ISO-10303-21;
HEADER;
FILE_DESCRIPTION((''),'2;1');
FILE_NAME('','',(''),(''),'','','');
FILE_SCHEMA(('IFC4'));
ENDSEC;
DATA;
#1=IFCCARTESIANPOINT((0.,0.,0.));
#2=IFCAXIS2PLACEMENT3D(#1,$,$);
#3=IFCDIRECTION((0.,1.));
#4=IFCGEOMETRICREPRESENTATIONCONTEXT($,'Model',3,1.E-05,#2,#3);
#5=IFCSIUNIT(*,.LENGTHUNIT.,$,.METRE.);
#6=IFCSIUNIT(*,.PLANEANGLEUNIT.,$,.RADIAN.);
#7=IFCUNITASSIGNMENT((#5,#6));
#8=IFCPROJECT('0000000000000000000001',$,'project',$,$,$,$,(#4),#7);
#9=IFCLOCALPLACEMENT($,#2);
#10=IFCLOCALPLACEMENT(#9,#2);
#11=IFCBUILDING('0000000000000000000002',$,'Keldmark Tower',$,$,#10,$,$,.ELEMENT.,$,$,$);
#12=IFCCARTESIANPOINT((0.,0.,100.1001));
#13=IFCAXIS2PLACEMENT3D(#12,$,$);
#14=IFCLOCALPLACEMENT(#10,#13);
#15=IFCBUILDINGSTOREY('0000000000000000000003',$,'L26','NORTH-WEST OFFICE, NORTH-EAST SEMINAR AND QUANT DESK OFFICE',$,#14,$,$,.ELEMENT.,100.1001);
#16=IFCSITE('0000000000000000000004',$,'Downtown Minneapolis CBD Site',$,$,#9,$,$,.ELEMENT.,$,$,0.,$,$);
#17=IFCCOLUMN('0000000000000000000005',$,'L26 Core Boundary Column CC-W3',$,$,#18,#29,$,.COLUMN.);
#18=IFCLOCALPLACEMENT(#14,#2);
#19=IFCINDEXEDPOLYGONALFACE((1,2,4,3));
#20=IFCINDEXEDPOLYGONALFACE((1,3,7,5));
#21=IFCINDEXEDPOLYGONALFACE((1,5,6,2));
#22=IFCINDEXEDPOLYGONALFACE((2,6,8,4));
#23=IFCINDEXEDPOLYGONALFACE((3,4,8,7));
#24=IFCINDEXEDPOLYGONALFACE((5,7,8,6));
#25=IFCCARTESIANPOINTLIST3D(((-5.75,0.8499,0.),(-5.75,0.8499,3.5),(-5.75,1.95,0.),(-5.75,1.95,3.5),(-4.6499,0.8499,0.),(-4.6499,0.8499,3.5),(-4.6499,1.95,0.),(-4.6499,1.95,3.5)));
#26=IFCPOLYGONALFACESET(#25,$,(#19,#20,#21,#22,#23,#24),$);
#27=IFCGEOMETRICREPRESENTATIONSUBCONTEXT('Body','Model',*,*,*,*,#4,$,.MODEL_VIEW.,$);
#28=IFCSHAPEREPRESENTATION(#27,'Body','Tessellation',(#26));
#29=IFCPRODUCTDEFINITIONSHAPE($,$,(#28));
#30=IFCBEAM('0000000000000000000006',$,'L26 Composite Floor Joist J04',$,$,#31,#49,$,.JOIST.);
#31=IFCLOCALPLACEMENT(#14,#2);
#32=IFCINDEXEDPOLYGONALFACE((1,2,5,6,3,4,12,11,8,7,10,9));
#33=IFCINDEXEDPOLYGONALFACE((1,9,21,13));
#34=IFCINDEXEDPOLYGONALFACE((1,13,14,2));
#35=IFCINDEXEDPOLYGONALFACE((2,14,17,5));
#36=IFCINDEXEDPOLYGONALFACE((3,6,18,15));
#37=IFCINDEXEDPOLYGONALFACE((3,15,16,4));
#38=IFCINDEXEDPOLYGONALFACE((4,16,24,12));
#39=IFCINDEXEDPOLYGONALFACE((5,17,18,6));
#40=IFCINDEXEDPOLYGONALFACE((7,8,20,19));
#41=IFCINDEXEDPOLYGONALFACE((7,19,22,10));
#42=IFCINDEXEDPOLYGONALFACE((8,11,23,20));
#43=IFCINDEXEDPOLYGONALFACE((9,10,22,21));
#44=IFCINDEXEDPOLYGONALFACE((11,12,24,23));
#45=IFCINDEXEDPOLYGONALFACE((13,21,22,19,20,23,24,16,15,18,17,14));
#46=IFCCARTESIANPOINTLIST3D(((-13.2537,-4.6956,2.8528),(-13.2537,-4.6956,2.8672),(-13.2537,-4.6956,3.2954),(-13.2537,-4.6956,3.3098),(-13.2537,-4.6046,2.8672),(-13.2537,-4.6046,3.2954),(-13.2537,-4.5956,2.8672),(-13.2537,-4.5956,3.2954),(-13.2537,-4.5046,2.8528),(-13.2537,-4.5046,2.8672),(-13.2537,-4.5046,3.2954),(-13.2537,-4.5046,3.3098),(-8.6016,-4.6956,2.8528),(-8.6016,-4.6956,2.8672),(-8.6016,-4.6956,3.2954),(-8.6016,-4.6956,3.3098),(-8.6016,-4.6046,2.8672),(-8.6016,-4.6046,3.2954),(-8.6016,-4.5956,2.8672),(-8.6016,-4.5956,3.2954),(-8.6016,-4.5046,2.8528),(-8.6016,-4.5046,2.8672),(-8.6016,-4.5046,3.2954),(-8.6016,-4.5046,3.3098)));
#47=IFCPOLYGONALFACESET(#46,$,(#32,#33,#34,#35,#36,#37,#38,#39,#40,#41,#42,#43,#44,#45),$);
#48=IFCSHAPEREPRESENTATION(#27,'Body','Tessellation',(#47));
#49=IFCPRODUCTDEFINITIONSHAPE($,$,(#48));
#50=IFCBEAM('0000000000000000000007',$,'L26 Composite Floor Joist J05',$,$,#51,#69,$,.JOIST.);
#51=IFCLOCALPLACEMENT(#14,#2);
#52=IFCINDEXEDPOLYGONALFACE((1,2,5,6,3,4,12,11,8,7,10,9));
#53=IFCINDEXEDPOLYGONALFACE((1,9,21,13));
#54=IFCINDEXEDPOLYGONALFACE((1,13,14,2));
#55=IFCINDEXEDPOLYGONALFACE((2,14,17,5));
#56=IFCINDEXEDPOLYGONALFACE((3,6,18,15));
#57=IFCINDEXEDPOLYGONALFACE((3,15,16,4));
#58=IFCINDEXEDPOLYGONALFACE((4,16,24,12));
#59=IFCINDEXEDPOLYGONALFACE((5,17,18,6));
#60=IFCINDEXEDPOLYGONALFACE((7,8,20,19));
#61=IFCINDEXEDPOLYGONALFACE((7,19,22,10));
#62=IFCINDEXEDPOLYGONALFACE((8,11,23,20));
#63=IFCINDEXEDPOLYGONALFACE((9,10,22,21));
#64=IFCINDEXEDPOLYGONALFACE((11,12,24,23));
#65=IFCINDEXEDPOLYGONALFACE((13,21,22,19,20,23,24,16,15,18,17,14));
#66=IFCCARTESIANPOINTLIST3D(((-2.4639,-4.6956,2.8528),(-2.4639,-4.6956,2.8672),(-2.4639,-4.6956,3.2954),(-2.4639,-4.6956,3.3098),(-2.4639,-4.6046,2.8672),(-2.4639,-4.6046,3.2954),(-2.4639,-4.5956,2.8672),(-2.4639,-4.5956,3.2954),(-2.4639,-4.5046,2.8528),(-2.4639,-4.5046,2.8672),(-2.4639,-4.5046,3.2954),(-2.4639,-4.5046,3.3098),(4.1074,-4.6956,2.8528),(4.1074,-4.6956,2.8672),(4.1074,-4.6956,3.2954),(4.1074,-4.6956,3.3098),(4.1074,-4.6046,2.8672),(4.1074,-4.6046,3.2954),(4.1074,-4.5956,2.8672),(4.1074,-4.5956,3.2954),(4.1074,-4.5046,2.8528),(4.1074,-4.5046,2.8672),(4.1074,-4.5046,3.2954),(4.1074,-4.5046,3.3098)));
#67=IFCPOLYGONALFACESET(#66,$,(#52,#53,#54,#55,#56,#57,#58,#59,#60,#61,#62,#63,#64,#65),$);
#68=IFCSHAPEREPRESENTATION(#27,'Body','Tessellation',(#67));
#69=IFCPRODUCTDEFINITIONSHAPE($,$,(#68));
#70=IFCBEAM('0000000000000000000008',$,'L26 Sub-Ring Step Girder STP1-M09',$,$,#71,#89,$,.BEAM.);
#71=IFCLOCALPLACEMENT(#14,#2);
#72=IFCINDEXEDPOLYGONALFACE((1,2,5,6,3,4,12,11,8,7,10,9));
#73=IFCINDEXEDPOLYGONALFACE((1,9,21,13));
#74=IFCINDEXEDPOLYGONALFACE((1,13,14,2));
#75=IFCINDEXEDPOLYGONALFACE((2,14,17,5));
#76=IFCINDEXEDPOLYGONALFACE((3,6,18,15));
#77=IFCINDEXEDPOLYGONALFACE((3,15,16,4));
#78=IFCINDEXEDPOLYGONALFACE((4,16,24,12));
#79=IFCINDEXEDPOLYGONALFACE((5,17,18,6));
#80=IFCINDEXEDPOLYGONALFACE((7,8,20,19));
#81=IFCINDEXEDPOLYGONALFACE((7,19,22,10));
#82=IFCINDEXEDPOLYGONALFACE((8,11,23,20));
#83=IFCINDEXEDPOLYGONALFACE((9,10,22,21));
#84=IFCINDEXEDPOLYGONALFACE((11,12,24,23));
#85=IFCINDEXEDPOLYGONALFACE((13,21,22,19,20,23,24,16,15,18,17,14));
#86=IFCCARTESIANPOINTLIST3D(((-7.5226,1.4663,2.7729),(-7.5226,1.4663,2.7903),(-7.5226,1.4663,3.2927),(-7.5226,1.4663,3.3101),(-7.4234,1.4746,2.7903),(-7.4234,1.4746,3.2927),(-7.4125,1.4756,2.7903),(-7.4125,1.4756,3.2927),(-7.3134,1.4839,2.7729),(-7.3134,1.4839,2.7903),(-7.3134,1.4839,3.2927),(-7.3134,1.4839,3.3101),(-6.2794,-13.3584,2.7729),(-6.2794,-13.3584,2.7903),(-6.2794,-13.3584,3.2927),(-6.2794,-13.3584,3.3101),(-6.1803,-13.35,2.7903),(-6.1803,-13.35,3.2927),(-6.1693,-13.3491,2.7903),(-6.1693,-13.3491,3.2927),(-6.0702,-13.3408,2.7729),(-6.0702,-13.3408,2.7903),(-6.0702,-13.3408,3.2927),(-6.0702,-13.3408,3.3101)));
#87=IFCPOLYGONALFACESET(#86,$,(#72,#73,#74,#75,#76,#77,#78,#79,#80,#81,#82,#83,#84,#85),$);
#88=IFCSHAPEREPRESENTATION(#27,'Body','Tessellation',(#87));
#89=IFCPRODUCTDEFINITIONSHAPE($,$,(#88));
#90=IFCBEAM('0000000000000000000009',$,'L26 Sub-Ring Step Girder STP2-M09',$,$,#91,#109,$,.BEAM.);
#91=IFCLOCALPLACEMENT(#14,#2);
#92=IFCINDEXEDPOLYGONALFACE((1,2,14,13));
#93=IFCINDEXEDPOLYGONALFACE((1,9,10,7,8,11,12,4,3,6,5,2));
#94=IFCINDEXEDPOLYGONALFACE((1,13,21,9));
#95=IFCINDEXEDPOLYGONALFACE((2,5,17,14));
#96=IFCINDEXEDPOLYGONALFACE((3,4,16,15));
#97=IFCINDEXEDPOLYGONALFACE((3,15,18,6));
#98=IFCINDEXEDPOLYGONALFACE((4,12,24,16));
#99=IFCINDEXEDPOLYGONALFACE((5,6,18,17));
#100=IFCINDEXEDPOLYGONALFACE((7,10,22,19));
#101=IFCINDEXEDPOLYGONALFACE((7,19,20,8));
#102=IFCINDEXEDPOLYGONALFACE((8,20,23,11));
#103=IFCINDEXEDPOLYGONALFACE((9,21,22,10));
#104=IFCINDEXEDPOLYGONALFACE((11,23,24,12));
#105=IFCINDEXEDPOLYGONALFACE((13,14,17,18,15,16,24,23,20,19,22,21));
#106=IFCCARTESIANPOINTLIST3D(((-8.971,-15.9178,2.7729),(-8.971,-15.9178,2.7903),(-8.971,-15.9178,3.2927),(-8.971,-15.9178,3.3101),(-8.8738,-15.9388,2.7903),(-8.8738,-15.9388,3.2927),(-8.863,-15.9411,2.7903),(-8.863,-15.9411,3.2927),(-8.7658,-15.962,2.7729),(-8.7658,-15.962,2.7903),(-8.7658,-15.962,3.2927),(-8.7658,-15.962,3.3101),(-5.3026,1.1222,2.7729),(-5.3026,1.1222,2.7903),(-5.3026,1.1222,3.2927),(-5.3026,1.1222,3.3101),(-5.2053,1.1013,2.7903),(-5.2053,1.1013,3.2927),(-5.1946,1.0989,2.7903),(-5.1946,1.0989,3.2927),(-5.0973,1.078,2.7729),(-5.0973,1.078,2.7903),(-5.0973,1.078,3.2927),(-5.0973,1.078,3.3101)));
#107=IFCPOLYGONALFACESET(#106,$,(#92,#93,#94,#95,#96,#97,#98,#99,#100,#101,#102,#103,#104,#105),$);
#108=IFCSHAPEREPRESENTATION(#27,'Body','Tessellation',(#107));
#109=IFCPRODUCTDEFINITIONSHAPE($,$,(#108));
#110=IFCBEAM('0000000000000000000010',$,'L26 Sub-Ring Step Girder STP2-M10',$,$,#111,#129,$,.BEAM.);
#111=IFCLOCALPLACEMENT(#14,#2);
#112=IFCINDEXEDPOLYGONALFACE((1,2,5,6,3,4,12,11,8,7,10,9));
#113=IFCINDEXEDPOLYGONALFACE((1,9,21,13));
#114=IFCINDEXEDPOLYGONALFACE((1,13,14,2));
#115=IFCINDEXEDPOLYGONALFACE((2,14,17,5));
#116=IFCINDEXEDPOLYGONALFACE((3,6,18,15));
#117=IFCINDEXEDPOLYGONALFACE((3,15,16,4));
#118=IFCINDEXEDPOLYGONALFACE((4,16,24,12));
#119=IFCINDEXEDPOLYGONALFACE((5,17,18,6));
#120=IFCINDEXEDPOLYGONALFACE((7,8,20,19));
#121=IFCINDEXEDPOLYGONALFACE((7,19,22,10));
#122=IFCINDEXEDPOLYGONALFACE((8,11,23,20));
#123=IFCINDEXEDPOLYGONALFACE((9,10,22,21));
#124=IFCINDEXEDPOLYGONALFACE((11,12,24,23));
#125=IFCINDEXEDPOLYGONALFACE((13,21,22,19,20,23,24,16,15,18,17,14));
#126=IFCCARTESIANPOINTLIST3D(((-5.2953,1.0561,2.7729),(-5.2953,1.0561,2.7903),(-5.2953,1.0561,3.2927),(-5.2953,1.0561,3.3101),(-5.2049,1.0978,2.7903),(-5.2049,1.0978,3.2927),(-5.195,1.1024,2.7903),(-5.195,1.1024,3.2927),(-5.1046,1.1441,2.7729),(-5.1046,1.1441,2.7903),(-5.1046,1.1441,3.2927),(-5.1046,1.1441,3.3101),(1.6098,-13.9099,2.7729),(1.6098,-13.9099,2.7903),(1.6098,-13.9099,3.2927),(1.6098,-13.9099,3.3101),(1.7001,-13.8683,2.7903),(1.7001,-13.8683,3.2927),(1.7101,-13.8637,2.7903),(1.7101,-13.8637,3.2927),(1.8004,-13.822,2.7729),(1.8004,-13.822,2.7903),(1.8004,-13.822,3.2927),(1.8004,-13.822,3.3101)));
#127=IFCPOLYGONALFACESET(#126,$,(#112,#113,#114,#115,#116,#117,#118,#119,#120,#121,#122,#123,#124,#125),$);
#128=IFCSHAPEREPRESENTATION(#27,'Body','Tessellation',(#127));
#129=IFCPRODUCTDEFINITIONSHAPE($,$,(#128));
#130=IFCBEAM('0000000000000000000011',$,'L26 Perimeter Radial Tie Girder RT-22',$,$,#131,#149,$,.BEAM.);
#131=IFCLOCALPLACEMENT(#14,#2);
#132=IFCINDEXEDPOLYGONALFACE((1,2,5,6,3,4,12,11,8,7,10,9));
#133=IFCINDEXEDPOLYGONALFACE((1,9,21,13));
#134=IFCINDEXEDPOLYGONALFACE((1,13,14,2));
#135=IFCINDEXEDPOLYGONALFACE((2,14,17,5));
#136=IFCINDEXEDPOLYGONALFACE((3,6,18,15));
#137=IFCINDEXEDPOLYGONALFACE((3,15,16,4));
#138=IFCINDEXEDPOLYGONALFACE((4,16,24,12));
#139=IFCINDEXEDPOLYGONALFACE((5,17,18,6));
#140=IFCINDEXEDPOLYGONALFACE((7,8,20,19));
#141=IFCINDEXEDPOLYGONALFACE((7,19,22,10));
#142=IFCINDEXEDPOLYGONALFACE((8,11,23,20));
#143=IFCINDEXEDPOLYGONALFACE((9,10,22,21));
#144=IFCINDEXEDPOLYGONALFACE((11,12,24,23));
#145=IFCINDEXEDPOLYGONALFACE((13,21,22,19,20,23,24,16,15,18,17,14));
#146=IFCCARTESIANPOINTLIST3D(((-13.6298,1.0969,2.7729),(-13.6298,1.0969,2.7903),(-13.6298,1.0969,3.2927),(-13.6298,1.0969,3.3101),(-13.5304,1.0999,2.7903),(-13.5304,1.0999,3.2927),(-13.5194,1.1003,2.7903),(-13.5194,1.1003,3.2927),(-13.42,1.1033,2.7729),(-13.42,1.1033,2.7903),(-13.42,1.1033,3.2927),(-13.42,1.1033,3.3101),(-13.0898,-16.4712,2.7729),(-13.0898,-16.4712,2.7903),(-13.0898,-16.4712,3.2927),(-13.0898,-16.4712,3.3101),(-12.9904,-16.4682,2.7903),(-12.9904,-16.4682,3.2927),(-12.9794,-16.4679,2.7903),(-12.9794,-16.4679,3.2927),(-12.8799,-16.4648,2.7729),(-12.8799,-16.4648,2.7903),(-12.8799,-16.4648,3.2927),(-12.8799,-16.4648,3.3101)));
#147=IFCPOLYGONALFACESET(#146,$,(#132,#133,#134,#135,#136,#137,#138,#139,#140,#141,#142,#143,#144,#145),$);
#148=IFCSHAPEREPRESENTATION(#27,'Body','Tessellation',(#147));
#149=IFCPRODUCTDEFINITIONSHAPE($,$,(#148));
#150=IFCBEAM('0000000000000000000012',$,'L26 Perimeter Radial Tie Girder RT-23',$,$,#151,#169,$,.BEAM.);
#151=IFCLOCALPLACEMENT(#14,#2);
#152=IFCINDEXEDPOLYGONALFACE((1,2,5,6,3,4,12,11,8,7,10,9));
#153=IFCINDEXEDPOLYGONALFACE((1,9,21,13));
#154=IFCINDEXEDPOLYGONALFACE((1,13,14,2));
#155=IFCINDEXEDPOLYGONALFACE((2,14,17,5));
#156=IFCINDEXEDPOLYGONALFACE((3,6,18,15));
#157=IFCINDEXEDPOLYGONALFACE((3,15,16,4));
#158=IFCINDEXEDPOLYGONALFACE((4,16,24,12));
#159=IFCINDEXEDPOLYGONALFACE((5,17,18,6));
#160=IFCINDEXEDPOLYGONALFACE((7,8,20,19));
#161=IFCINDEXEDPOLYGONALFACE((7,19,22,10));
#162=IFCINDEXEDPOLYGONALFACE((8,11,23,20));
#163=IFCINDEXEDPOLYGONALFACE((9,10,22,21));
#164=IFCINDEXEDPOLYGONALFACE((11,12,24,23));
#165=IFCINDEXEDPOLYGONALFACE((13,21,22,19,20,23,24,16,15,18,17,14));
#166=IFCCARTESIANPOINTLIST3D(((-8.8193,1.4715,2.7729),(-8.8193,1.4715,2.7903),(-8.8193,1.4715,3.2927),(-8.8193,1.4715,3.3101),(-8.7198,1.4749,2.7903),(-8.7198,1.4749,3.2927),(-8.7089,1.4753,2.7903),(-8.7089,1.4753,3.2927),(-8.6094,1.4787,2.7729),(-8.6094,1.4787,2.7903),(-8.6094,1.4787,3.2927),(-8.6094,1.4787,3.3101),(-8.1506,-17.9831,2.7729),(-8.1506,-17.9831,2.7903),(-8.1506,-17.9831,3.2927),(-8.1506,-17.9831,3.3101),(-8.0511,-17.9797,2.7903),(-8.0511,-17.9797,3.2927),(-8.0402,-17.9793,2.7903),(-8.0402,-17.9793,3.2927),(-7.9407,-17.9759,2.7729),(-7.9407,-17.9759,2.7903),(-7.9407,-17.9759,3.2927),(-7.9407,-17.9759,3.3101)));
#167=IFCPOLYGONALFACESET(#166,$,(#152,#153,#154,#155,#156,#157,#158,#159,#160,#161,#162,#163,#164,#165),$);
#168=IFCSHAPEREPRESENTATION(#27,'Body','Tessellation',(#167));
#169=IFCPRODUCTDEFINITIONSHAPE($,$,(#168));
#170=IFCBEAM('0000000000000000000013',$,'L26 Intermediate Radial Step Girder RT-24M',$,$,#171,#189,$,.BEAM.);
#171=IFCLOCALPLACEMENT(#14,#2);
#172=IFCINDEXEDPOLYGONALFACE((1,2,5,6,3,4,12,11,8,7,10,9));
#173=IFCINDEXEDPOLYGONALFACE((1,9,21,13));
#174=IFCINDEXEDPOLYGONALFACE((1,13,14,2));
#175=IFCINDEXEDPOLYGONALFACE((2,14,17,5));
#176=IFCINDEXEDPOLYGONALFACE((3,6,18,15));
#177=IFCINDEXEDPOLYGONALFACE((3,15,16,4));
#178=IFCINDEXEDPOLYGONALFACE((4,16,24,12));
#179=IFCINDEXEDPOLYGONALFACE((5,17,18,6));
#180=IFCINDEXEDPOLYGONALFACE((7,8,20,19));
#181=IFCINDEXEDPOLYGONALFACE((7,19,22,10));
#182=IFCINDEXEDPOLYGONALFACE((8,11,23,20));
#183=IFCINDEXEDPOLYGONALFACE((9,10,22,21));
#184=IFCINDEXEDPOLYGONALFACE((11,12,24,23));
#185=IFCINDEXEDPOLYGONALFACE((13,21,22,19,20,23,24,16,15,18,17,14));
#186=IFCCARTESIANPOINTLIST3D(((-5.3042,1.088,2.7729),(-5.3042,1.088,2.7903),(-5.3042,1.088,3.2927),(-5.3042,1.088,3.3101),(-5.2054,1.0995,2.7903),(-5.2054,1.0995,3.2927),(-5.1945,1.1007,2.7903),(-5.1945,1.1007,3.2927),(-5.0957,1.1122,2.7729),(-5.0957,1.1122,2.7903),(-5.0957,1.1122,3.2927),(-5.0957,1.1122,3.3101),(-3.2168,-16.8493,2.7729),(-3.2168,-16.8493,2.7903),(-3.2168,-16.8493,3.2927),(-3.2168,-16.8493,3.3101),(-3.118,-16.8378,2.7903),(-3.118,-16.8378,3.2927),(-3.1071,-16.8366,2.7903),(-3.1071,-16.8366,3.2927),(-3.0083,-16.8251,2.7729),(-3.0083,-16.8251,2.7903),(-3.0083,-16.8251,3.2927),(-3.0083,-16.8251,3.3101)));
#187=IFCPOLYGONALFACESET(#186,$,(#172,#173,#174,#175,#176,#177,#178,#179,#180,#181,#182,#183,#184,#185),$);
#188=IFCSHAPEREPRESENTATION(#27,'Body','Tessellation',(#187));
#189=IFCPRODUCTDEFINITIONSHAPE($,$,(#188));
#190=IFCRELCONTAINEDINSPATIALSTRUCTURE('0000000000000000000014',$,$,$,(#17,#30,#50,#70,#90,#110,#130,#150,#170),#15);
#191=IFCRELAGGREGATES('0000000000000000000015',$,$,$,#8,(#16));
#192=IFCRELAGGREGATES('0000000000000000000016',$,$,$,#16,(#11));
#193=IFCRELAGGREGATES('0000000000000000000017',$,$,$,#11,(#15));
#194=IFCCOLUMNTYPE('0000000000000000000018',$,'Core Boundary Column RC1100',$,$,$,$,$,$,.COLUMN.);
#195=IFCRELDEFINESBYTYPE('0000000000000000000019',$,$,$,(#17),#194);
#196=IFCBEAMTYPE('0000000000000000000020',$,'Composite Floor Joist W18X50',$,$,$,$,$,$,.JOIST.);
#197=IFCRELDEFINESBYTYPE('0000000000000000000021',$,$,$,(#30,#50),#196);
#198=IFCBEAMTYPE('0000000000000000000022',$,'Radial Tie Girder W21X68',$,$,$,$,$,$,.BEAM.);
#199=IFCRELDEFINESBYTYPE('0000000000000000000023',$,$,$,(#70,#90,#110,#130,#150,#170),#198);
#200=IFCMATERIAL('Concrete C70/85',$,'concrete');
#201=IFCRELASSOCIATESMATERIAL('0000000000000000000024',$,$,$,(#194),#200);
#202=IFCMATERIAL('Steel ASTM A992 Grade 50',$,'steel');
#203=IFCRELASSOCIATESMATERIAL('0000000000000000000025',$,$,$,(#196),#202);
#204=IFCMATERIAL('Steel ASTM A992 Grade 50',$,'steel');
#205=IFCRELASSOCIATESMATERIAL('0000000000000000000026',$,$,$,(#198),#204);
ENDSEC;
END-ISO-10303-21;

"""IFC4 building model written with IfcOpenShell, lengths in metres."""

from ifc_helpers import new_model, si_unit, direction, frame, origin, origin_2d, place, context, subcontext, project, spatial, rectangle, i_section, extrude, material, material_profile, profile_set, type_object, element, save


model = new_model("IFC4")

# Units and contexts
model_context = context("Model", 3, precision=1e-05, world=origin(), true_north=direction((0.0, 1.0)))
body_context = subcontext(model_context, "Body", "Model", "MODEL_VIEW")
ifc_project = project(units=[si_unit("LENGTHUNIT", "METRE"), si_unit("PLANEANGLEUNIT", "RADIAN")], contexts=[model_context])

# Site, building, storey
site_placement = place(None, origin())
site = spatial("IfcSite", under=ifc_project, at=site_placement, Name="Downtown Minneapolis CBD Site", CompositionType="ELEMENT", RefElevation=0.0)
building_placement = place(site_placement, origin())
building = spatial("IfcBuilding", under=site, at=building_placement, Name="Keldmark Tower", CompositionType="ELEMENT")
storey_placement = place(building_placement, frame((0.0, 0.0, 100.1001)))
storey = spatial("IfcBuildingStorey", under=building, at=storey_placement, Name="L26", Description="NORTH-WEST OFFICE, NORTH-EAST SEMINAR AND QUANT DESK OFFICE", CompositionType="ELEMENT", Elevation=100.1001)

# Column
ifc_material_1 = material(Name="Concrete C70/85", Category="concrete")
ifc_material_profile_1 = material_profile(ifc_material_1, rectangle(XDim=1.1001, YDim=1.1001, at=origin_2d()), Name="RC1100X1100")
ifc_profile_set_1 = profile_set([ifc_material_profile_1], Name="Concrete C70/85")
column_type = type_object("IfcColumnType", Name="Core Boundary Column RC1100", PredefinedType="COLUMN", material=ifc_profile_set_1)
column_placement = place(storey_placement, frame((-5.2, 1.3999, 0.0), z_axis=(0.0, 0.0, 1.0), x_axis=(1.0, 0.0, 0.0)))
element("IfcColumn", 1, at=column_placement, inside=storey, type_object=column_type, Name="L26 Core Boundary Column CC-W3", PredefinedType="COLUMN", context=body_context, shape_type="SweptSolid", body=[
    extrude(rectangle(XDim=1.1001, YDim=1.1001, at=origin_2d()), origin(), (0.0, 0.0, 1.0), 3.5),
])

# Beams
ifc_material_2 = material(Name="Steel ASTM A992 Grade 50", Category="steel")
ifc_material_profile_2 = material_profile(ifc_material_2, i_section(OverallWidth=0.1909, OverallDepth=0.457, WebThickness=0.009, FlangeThickness=0.0144, at=origin_2d()), Name="W18X50")
ifc_profile_set_2 = profile_set([ifc_material_profile_2], Name="Steel ASTM A992 Grade 50")
beam_type_1 = type_object("IfcBeamType", Name="Composite Floor Joist W18X50", PredefinedType="JOIST", material=ifc_profile_set_2)
beam_1_placement = place(storey_placement, frame((-13.2537, -4.6001, 3.0813), z_axis=(1.0, 0.0, 0.0), x_axis=(0.0, 1.0, 0.0)))
element("IfcBeam", 2, at=beam_1_placement, inside=storey, type_object=beam_type_1, Name="L26 Composite Floor Joist J04", PredefinedType="JOIST", context=body_context, shape_type="SweptSolid", body=[
    extrude(i_section(OverallWidth=0.1909, OverallDepth=0.457, WebThickness=0.009, FlangeThickness=0.0144, at=origin_2d()), origin(), (0.0, 0.0, 1.0), 4.6521),
])
beam_2_placement = place(storey_placement, frame((-2.4639, -4.6001, 3.0813), z_axis=(1.0, 0.0, 0.0), x_axis=(0.0, 1.0, 0.0)))
element("IfcBeam", 3, at=beam_2_placement, inside=storey, type_object=beam_type_1, Name="L26 Composite Floor Joist J05", PredefinedType="JOIST", context=body_context, shape_type="SweptSolid", body=[
    extrude(i_section(OverallWidth=0.1909, OverallDepth=0.457, WebThickness=0.009, FlangeThickness=0.0144, at=origin_2d()), origin(), (0.0, 0.0, 1.0), 6.5713),
])
ifc_material_3 = material(Name="Steel ASTM A992 Grade 50", Category="steel")
ifc_material_profile_3 = material_profile(ifc_material_3, i_section(OverallWidth=0.21, OverallDepth=0.5371, WebThickness=0.011, FlangeThickness=0.0173, at=origin_2d()), Name="W21X68")
ifc_profile_set_3 = profile_set([ifc_material_profile_3], Name="Steel ASTM A992 Grade 50")
beam_type_2 = type_object("IfcBeamType", Name="Radial Tie Girder W21X68", PredefinedType="BEAM", material=ifc_profile_set_3)
beam_3_placement = place(storey_placement, frame((-7.418, 1.4751, 3.0415), z_axis=(0.083564, -0.996502, 0.0), x_axis=(0.996502, 0.083564, 0.0)))
element("IfcBeam", 4, at=beam_3_placement, inside=storey, type_object=beam_type_2, Name="L26 Sub-Ring Step Girder STP1-M09", PredefinedType="BEAM", context=body_context, shape_type="SweptSolid", body=[
    extrude(i_section(OverallWidth=0.21, OverallDepth=0.5371, WebThickness=0.011, FlangeThickness=0.0173, at=origin_2d()), origin(), (0.0, 0.0, 1.0), 14.8767),
])
beam_4_placement = place(storey_placement, frame((-5.2, 1.1001, 3.0415), z_axis=(-0.210463, -0.977602, 0.0), x_axis=(0.977602, -0.210463, 0.0)))
element("IfcBeam", 5, at=beam_4_placement, inside=storey, type_object=beam_type_2, Name="L26 Sub-Ring Step Girder STP2-M09", PredefinedType="BEAM", context=body_context, shape_type="SweptSolid", body=[
    extrude(i_section(OverallWidth=0.21, OverallDepth=0.5371, WebThickness=0.011, FlangeThickness=0.0173, at=origin_2d()), origin(), (0.0, 0.0, 1.0), 17.4304),
])
beam_5_placement = place(storey_placement, frame((-5.2, 1.1001, 3.0415), z_axis=(0.418939, -0.908014, 0.0), x_axis=(0.908014, 0.418939, 0.0)))
element("IfcBeam", 6, at=beam_5_placement, inside=storey, type_object=beam_type_2, Name="L26 Sub-Ring Step Girder STP2-M10", PredefinedType="BEAM", context=body_context, shape_type="SweptSolid", body=[
    extrude(i_section(OverallWidth=0.21, OverallDepth=0.5371, WebThickness=0.011, FlangeThickness=0.0173, at=origin_2d()), origin(), (0.0, 0.0, 1.0), 16.4822),
])
beam_6_placement = place(storey_placement, frame((-13.5249, 1.1001, 3.0415), z_axis=(0.030725, -0.999528, 0.0), x_axis=(0.999528, 0.030725, 0.0)))
element("IfcBeam", 7, at=beam_6_placement, inside=storey, type_object=beam_type_2, Name="L26 Perimeter Radial Tie Girder RT-22", PredefinedType="BEAM", context=body_context, shape_type="SweptSolid", body=[
    extrude(i_section(OverallWidth=0.21, OverallDepth=0.5371, WebThickness=0.011, FlangeThickness=0.0173, at=origin_2d()), origin(), (0.0, 0.0, 1.0), 17.5764),
])
beam_7_placement = place(storey_placement, frame((-8.7144, 1.4751, 3.0415), z_axis=(0.034352, -0.99941, 0.0), x_axis=(0.99941, 0.034352, 0.0)))
element("IfcBeam", 8, at=beam_7_placement, inside=storey, type_object=beam_type_2, Name="L26 Perimeter Radial Tie Girder RT-23", PredefinedType="BEAM", context=body_context, shape_type="SweptSolid", body=[
    extrude(i_section(OverallWidth=0.21, OverallDepth=0.5371, WebThickness=0.011, FlangeThickness=0.0173, at=origin_2d()), origin(), (0.0, 0.0, 1.0), 19.4661),
])
beam_8_placement = place(storey_placement, frame((-5.2, 1.1001, 3.0415), z_axis=(0.115592, -0.993297, 0.0), x_axis=(0.993297, 0.115592, 0.0)))
element("IfcBeam", 9, at=beam_8_placement, inside=storey, type_object=beam_type_2, Name="L26 Intermediate Radial Step Girder RT-24M", PredefinedType="BEAM", context=body_context, shape_type="SweptSolid", body=[
    extrude(i_section(OverallWidth=0.21, OverallDepth=0.5371, WebThickness=0.011, FlangeThickness=0.0173, at=origin_2d()), origin(), (0.0, 0.0, 1.0), 18.0583),
])

save(model, "model.ifc")
